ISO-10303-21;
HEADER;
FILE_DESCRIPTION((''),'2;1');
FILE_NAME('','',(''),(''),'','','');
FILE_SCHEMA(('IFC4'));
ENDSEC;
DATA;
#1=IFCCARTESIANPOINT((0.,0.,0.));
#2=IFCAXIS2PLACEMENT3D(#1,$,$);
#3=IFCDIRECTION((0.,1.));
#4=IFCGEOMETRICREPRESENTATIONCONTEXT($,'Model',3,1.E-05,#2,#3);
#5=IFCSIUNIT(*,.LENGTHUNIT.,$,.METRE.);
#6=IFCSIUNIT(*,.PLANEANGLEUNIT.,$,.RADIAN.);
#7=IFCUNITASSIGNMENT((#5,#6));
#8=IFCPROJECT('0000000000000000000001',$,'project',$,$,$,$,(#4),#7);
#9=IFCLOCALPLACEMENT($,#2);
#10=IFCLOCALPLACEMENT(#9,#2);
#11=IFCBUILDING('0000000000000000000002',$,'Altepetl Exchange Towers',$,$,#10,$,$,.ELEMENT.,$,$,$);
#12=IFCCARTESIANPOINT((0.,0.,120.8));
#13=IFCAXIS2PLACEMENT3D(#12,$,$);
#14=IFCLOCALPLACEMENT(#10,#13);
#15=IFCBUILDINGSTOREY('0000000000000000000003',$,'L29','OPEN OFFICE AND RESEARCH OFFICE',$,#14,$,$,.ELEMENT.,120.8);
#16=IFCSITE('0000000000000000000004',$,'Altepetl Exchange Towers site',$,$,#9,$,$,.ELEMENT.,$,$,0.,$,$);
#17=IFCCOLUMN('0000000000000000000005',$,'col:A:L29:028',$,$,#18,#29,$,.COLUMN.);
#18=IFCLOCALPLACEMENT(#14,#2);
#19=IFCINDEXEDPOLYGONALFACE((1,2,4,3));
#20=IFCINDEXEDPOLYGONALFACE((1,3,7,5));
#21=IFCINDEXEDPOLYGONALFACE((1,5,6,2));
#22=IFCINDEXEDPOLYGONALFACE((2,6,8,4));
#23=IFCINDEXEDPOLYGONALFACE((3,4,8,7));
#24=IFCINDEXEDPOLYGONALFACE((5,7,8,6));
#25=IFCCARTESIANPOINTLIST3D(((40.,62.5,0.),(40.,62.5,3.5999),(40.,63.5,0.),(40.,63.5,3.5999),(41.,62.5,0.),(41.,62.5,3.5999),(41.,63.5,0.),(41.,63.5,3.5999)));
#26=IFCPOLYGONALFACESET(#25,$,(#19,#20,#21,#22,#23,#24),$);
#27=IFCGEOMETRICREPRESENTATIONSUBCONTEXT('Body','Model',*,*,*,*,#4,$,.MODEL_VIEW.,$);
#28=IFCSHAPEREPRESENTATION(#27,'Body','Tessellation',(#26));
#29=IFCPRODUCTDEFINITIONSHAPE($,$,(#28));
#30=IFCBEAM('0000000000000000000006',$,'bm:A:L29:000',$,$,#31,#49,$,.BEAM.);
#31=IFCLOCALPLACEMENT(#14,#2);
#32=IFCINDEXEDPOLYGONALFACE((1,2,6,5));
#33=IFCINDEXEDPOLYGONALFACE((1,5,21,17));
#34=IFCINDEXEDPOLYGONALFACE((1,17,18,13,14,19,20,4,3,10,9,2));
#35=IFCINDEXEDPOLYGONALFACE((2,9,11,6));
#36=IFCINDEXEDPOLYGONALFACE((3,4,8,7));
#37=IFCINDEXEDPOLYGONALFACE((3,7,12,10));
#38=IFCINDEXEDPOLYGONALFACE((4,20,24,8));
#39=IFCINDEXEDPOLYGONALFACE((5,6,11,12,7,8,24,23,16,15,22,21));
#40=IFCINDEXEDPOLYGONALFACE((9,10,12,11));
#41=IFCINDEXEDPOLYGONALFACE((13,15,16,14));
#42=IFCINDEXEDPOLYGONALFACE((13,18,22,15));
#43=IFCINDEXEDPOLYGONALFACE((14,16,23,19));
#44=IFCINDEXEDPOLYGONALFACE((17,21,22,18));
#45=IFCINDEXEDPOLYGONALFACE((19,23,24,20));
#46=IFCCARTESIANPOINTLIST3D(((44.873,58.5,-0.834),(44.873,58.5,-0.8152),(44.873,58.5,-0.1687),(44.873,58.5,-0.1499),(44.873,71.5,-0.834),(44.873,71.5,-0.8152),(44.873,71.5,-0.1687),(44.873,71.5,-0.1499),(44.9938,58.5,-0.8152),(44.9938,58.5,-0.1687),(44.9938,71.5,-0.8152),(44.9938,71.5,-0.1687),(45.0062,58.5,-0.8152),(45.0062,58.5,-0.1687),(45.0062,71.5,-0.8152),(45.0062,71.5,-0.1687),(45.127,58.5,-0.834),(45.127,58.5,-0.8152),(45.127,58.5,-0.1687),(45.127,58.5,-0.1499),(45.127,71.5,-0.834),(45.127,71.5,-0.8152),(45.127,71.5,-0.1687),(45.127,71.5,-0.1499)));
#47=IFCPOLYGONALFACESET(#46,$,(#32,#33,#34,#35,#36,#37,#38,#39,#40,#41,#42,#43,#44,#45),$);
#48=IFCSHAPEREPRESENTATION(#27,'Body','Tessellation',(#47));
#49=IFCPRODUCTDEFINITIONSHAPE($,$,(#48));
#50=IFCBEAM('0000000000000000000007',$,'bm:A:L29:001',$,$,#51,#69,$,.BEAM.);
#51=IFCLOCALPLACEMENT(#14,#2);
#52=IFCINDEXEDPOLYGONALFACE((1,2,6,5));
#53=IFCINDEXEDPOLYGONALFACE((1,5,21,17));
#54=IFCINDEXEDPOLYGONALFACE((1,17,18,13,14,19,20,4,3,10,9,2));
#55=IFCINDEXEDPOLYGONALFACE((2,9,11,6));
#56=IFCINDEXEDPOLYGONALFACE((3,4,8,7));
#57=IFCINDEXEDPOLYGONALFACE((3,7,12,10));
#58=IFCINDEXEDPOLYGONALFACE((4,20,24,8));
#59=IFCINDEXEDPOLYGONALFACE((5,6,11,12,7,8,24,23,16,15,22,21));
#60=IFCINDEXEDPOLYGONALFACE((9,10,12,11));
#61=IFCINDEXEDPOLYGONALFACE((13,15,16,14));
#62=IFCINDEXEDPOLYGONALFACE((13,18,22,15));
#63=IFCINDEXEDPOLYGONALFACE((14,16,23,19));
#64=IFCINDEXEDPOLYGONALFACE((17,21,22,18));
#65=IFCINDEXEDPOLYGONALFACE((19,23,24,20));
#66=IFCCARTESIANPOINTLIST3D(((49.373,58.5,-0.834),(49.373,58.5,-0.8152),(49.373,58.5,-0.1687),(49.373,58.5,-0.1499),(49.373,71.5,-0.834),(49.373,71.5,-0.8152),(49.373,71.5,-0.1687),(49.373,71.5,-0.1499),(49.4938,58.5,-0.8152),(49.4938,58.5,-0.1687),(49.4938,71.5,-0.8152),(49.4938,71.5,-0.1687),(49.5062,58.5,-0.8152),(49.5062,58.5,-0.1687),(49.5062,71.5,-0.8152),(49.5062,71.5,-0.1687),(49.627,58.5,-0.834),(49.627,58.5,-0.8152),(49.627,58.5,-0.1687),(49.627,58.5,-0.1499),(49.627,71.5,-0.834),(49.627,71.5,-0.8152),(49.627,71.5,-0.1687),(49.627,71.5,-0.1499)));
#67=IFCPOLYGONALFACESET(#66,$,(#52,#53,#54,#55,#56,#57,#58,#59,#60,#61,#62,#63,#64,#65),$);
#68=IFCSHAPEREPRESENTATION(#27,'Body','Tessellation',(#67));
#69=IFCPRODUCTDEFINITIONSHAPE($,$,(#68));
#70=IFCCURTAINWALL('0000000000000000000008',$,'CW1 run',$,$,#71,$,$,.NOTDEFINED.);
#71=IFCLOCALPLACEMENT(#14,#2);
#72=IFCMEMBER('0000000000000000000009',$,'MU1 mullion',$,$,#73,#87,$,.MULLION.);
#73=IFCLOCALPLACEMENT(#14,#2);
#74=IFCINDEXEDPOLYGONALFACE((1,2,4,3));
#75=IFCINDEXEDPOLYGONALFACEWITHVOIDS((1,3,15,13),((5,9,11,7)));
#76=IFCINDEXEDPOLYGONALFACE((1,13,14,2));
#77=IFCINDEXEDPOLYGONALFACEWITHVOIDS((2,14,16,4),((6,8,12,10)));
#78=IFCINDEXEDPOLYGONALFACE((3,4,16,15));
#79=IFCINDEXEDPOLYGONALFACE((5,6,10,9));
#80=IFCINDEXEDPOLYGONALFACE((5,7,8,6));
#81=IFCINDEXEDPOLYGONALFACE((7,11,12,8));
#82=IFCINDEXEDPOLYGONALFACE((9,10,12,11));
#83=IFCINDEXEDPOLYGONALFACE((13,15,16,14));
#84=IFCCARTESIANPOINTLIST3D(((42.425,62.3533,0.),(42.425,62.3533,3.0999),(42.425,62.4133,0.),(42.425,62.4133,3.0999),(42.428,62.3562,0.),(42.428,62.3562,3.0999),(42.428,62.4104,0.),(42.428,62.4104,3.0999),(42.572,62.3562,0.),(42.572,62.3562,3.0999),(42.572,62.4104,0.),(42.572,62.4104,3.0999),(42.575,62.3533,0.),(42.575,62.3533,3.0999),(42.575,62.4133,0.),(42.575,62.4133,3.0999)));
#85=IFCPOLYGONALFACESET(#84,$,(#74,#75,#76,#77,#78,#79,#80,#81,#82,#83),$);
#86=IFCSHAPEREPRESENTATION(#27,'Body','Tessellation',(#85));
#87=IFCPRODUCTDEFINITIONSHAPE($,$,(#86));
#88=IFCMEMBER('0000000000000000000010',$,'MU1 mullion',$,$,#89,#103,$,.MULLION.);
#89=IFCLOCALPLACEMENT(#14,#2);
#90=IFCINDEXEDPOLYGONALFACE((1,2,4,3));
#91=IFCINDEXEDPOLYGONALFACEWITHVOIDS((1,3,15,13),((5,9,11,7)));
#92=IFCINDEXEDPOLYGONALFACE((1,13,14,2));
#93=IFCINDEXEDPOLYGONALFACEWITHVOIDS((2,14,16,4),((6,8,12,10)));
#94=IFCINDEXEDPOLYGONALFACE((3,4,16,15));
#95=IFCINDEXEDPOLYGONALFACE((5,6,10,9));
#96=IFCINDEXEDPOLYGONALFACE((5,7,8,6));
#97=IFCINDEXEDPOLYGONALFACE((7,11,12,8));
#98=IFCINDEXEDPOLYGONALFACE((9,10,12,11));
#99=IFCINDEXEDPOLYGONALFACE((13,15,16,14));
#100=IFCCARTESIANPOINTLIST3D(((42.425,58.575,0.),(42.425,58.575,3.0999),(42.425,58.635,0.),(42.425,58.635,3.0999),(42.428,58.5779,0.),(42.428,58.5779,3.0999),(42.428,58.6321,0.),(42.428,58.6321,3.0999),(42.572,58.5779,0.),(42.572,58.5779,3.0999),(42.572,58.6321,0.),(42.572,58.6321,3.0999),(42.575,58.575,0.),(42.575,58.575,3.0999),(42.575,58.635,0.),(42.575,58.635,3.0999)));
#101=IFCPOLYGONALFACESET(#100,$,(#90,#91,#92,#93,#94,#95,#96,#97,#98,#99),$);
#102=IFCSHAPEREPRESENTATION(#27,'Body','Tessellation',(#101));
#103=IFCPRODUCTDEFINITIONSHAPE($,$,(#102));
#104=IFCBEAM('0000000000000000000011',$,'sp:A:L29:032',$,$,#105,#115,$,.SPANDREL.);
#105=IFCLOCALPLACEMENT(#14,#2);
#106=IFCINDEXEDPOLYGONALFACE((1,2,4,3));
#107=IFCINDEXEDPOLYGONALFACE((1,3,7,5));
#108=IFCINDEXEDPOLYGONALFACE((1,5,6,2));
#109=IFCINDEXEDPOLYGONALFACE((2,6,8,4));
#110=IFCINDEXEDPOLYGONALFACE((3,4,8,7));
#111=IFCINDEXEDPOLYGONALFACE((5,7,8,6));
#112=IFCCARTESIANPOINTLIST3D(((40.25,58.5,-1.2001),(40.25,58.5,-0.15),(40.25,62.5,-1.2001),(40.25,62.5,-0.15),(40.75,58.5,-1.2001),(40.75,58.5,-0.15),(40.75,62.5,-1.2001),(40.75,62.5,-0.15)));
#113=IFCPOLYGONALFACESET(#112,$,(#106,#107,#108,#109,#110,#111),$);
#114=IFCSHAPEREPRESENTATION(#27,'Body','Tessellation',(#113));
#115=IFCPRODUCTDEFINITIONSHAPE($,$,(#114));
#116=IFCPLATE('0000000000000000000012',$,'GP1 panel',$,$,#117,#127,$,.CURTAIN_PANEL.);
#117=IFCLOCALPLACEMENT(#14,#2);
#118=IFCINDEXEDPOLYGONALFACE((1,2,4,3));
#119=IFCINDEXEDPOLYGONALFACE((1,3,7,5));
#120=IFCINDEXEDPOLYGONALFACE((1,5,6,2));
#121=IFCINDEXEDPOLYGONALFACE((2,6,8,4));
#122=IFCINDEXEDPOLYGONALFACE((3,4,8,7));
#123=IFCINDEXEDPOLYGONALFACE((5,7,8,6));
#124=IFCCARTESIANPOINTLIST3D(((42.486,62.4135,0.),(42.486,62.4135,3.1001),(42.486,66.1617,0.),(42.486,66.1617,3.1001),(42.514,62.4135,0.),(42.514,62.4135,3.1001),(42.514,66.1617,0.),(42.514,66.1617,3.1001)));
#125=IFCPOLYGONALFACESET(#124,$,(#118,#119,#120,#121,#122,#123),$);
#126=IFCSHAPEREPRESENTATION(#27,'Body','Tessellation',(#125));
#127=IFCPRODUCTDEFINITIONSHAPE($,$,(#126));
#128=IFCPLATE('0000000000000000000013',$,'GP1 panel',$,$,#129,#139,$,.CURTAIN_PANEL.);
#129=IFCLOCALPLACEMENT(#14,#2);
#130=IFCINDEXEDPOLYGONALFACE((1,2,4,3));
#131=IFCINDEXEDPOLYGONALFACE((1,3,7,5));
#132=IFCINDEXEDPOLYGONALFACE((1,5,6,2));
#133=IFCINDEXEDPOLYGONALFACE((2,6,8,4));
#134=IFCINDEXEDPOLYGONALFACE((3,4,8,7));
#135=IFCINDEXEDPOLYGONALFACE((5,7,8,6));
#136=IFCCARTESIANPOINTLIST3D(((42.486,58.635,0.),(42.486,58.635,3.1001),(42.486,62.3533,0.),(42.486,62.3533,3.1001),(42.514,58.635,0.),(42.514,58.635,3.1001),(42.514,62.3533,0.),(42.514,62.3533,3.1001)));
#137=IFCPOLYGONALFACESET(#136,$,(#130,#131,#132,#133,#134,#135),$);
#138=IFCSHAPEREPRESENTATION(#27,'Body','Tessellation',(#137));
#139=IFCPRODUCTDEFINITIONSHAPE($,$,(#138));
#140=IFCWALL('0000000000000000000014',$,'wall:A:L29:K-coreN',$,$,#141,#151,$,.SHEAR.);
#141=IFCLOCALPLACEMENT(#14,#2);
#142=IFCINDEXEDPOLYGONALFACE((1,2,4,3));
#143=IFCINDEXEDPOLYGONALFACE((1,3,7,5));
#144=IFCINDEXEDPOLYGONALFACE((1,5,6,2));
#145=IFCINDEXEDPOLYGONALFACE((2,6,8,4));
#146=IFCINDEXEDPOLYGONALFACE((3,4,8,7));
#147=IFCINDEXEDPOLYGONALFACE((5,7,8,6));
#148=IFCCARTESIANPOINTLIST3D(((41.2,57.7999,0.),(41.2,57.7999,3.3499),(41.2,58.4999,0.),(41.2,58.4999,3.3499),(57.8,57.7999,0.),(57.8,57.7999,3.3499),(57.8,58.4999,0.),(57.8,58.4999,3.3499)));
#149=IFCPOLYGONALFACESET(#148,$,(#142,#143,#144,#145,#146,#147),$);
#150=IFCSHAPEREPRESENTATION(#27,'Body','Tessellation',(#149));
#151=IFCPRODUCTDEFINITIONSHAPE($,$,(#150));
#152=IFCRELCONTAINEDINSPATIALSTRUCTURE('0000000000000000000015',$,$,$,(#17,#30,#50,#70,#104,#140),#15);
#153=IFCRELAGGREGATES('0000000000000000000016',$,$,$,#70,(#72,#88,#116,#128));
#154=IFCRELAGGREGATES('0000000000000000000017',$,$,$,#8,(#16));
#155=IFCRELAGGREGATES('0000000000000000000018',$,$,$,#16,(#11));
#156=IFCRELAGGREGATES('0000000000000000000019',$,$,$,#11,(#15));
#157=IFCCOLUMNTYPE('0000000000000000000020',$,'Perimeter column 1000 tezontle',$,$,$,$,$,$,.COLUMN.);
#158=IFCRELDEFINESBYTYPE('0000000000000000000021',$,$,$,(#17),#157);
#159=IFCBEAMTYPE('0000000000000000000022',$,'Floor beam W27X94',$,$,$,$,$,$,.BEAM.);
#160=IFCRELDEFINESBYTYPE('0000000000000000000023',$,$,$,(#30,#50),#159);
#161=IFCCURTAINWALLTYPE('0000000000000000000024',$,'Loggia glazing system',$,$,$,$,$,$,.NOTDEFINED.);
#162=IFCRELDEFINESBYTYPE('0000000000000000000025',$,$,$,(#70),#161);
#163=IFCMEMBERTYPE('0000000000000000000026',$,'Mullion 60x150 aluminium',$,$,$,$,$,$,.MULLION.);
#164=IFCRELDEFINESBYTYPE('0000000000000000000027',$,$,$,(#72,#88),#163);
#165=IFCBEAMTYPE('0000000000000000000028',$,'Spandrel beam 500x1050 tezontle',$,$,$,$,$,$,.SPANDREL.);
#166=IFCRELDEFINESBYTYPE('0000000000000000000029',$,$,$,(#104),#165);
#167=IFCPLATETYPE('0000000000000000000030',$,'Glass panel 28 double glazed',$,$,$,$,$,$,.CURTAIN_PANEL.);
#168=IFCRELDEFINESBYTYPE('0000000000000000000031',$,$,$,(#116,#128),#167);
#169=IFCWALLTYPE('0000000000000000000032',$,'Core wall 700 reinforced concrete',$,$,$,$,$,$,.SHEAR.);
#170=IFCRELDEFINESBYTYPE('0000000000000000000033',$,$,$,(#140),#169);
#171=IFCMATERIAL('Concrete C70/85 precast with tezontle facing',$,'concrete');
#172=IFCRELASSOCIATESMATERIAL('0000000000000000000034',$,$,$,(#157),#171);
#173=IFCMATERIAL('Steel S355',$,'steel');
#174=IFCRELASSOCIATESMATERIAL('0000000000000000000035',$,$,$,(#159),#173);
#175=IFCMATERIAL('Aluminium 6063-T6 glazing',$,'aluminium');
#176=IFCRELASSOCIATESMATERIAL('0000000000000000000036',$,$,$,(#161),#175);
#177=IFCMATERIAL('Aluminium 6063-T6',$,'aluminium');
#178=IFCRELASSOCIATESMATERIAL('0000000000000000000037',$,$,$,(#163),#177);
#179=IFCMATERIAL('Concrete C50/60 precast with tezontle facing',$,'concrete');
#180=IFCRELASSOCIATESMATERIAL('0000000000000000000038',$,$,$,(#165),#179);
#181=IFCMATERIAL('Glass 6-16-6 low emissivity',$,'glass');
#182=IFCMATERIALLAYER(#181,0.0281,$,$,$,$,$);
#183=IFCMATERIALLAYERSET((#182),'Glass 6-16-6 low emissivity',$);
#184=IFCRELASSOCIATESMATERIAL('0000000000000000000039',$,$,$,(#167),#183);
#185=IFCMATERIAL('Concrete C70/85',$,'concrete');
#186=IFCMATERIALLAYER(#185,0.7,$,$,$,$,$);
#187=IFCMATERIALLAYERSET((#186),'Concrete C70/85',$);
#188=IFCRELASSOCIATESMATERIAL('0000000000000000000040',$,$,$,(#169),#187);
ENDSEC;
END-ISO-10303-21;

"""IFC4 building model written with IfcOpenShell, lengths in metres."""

from ifc_helpers import new_model, si_unit, direction, frame, frame_2d, origin, origin_2d, place, context, subcontext, project, spatial, rectangle, hollow_rectangle, i_section, extrude, material, layer, layer_set, material_profile, profile_set, type_object, element, aggregate, save


model = new_model("IFC4")

# Units and contexts
model_context = context("Model", 3, precision=1e-05, world=origin(), true_north=direction((0.0, 1.0)))
body_context = subcontext(model_context, "Body", "Model", "MODEL_VIEW")
ifc_project = project(units=[si_unit("LENGTHUNIT", "METRE"), si_unit("PLANEANGLEUNIT", "RADIAN")], contexts=[model_context])

# Site, building, storey
site_placement = place(None, origin())
site = spatial("IfcSite", under=ifc_project, at=site_placement, Name="Altepetl Exchange Towers site", CompositionType="ELEMENT", RefElevation=0.0)
building_placement = place(site_placement, origin())
building = spatial("IfcBuilding", under=site, at=building_placement, Name="Altepetl Exchange Towers", CompositionType="ELEMENT")
storey_placement = place(building_placement, frame((0.0, 0.0, 120.8)))
storey = spatial("IfcBuildingStorey", under=building, at=storey_placement, Name="L29", Description="OPEN OFFICE AND RESEARCH OFFICE", CompositionType="ELEMENT", Elevation=120.8)

# Column
ifc_material_1 = material(Name="Concrete C70/85 precast with tezontle facing", Category="concrete")
ifc_material_profile_1 = material_profile(ifc_material_1, rectangle(XDim=1.0, YDim=1.0, at=origin_2d()), Name="1000 x 1000")
ifc_profile_set_1 = profile_set([ifc_material_profile_1], Name="Concrete C70/85 precast with tezontle facing")
column_type = type_object("IfcColumnType", Name="Perimeter column 1000 tezontle", PredefinedType="COLUMN", material=ifc_profile_set_1)
column_placement = place(storey_placement, frame((40.5, 63.0, 0.0)))
element("IfcColumn", 1, at=column_placement, inside=storey, type_object=column_type, Name="col:A:L29:028", PredefinedType="COLUMN", context=body_context, shape_type="SweptSolid", body=[
    extrude(rectangle(XDim=1.0, YDim=1.0, at=origin_2d()), origin(), (0.0, 0.0, 1.0), 3.5999),
])

# Beams
ifc_material_2 = material(Name="Steel S355", Category="steel")
ifc_material_profile_2 = material_profile(ifc_material_2, i_section(OverallWidth=0.2539, OverallDepth=0.6841, WebThickness=0.0125, FlangeThickness=0.0188, at=origin_2d()), Name="W27X94")
ifc_profile_set_2 = profile_set([ifc_material_profile_2], Name="Steel S355")
beam_type_1 = type_object("IfcBeamType", Name="Floor beam W27X94", PredefinedType="BEAM", material=ifc_profile_set_2)
for number, where, z_axis, x_axis, name in (
    (2, (45.0, 58.5, -0.4919), (0.0, 1.0, 0.0), (-1.0, 0.0, 0.0), "bm:A:L29:000"),
    (3, (49.5, 58.5, -0.4919), (0.0, 1.0, 0.0), (-1.0, 0.0, 0.0), "bm:A:L29:001"),
):
    element("IfcBeam", number, at=place(storey_placement, frame(where, z_axis=z_axis, x_axis=x_axis)), inside=storey, type_object=beam_type_1, Name=name, PredefinedType="BEAM", context=body_context, shape_type="SweptSolid", body=[
        extrude(i_section(OverallWidth=0.2539, OverallDepth=0.6841, WebThickness=0.0125, FlangeThickness=0.0188, at=origin_2d()), origin(), (0.0, 0.0, 1.0), 13.0),
    ])

# Curtain wall, members
ifc_material_3 = material(Name="Aluminium 6063-T6 glazing", Category="aluminium")
curtain_wall_type = type_object("IfcCurtainWallType", Name="Loggia glazing system", PredefinedType="NOTDEFINED", material=ifc_material_3)
curtain_wall_placement = place(storey_placement, origin())
curtain_wall = element("IfcCurtainWall", 4, at=curtain_wall_placement, inside=storey, type_object=curtain_wall_type, Name="CW1 run", PredefinedType="NOTDEFINED")
ifc_material_4 = material(Name="Aluminium 6063-T6", Category="aluminium")
ifc_material_profile_3 = material_profile(ifc_material_4, hollow_rectangle(XDim=0.0601, YDim=0.1499, WallThickness=0.0029, at=origin_2d()), Name="Mullion 60x150 aluminium")
ifc_profile_set_3 = profile_set([ifc_material_profile_3], Name="Aluminium 6063-T6")
member_type = type_object("IfcMemberType", Name="Mullion 60x150 aluminium", PredefinedType="MULLION", material=ifc_profile_set_3)
member_1_placement = place(storey_placement, frame((42.5, 62.3833, 0.0), z_axis=(0.0, 0.0, 1.0), x_axis=(0.0, -1.0, 0.0)))
member_1 = element("IfcMember", 5, at=member_1_placement, type_object=member_type, Name="MU1 mullion", PredefinedType="MULLION", context=body_context, shape_type="SweptSolid", body=[
    extrude(hollow_rectangle(XDim=0.0601, YDim=0.1499, WallThickness=0.0029, at=origin_2d()), origin(), (0.0, 0.0, 1.0), 3.0999),
])
member_2_placement = place(storey_placement, frame((42.5, 58.605, 0.0), z_axis=(0.0, 0.0, 1.0), x_axis=(0.0, -1.0, 0.0)))
member_2 = element("IfcMember", 6, at=member_2_placement, type_object=member_type, Name="MU1 mullion", PredefinedType="MULLION", context=body_context, shape_type="SweptSolid", body=[
    extrude(hollow_rectangle(XDim=0.0601, YDim=0.1499, WallThickness=0.0029, at=origin_2d()), origin(), (0.0, 0.0, 1.0), 3.0999),
])

# Beam
ifc_material_5 = material(Name="Concrete C50/60 precast with tezontle facing", Category="concrete")
ifc_material_profile_4 = material_profile(ifc_material_5, rectangle(XDim=0.5, YDim=1.05, at=origin_2d()), Name="500 x 1050")
ifc_profile_set_4 = profile_set([ifc_material_profile_4], Name="Concrete C50/60 precast with tezontle facing")
beam_type_2 = type_object("IfcBeamType", Name="Spandrel beam 500x1050 tezontle", PredefinedType="SPANDREL", material=ifc_profile_set_4)
beam_placement = place(storey_placement, frame((40.5, 62.5, -0.675), z_axis=(0.0, -1.0, 0.0), x_axis=(1.0, 0.0, 0.0)))
element("IfcBeam", 7, at=beam_placement, inside=storey, type_object=beam_type_2, Name="sp:A:L29:032", PredefinedType="SPANDREL", context=body_context, shape_type="SweptSolid", body=[
    extrude(rectangle(XDim=0.5, YDim=1.05, at=origin_2d()), origin(), (0.0, 0.0, 1.0), 4.0),
])

# Plates
ifc_material_6 = material(Name="Glass 6-16-6 low emissivity", Category="glass")
ifc_layer_1 = layer(ifc_material_6, 0.0281)
ifc_layer_set_1 = layer_set([ifc_layer_1], Name="Glass 6-16-6 low emissivity")
plate_type = type_object("IfcPlateType", Name="Glass panel 28 double glazed", PredefinedType="CURTAIN_PANEL", material=ifc_layer_set_1)
plate_1_placement = place(storey_placement, frame((42.5, 64.2876, 0.0), z_axis=(0.0, 0.0, 1.0), x_axis=(0.0, -1.0, 0.0)))
plate_1 = element("IfcPlate", 8, at=plate_1_placement, type_object=plate_type, Name="GP1 panel", PredefinedType="CURTAIN_PANEL", context=body_context, shape_type="SweptSolid", body=[
    extrude(rectangle(XDim=3.7483, YDim=0.0281, at=origin_2d()), origin(), (0.0, 0.0, 1.0), 3.1001),
])
plate_2_placement = place(storey_placement, frame((42.5, 60.4941, 0.0), z_axis=(0.0, 0.0, 1.0), x_axis=(0.0, -1.0, 0.0)))
plate_2 = element("IfcPlate", 9, at=plate_2_placement, type_object=plate_type, Name="GP1 panel", PredefinedType="CURTAIN_PANEL", context=body_context, shape_type="SweptSolid", body=[
    extrude(rectangle(XDim=3.7183, YDim=0.0281, at=origin_2d()), origin(), (0.0, 0.0, 1.0), 3.1001),
])
aggregate(curtain_wall, [member_1, member_2, plate_1, plate_2])

# Wall
ifc_material_7 = material(Name="Concrete C70/85", Category="concrete")
ifc_layer_2 = layer(ifc_material_7, 0.7)
ifc_layer_set_2 = layer_set([ifc_layer_2], Name="Concrete C70/85")
wall_type_1 = type_object("IfcWallType", Name="Core wall 700 reinforced concrete", PredefinedType="SHEAR", material=ifc_layer_set_2)
wall_1_placement = place(storey_placement, frame((41.2, 58.1499, 0.0)))
element("IfcWall", 10, at=wall_1_placement, inside=storey, type_object=wall_type_1, Name="wall:A:L29:K-coreN", PredefinedType="SHEAR", context=body_context, shape_type="SweptSolid", body=[
    extrude(rectangle(XDim=16.6001, YDim=0.7, at=frame_2d((8.3, 0.0))), origin(), (0.0, 0.0, 1.0), 3.3499),
])

save(model, "model.ifc")
